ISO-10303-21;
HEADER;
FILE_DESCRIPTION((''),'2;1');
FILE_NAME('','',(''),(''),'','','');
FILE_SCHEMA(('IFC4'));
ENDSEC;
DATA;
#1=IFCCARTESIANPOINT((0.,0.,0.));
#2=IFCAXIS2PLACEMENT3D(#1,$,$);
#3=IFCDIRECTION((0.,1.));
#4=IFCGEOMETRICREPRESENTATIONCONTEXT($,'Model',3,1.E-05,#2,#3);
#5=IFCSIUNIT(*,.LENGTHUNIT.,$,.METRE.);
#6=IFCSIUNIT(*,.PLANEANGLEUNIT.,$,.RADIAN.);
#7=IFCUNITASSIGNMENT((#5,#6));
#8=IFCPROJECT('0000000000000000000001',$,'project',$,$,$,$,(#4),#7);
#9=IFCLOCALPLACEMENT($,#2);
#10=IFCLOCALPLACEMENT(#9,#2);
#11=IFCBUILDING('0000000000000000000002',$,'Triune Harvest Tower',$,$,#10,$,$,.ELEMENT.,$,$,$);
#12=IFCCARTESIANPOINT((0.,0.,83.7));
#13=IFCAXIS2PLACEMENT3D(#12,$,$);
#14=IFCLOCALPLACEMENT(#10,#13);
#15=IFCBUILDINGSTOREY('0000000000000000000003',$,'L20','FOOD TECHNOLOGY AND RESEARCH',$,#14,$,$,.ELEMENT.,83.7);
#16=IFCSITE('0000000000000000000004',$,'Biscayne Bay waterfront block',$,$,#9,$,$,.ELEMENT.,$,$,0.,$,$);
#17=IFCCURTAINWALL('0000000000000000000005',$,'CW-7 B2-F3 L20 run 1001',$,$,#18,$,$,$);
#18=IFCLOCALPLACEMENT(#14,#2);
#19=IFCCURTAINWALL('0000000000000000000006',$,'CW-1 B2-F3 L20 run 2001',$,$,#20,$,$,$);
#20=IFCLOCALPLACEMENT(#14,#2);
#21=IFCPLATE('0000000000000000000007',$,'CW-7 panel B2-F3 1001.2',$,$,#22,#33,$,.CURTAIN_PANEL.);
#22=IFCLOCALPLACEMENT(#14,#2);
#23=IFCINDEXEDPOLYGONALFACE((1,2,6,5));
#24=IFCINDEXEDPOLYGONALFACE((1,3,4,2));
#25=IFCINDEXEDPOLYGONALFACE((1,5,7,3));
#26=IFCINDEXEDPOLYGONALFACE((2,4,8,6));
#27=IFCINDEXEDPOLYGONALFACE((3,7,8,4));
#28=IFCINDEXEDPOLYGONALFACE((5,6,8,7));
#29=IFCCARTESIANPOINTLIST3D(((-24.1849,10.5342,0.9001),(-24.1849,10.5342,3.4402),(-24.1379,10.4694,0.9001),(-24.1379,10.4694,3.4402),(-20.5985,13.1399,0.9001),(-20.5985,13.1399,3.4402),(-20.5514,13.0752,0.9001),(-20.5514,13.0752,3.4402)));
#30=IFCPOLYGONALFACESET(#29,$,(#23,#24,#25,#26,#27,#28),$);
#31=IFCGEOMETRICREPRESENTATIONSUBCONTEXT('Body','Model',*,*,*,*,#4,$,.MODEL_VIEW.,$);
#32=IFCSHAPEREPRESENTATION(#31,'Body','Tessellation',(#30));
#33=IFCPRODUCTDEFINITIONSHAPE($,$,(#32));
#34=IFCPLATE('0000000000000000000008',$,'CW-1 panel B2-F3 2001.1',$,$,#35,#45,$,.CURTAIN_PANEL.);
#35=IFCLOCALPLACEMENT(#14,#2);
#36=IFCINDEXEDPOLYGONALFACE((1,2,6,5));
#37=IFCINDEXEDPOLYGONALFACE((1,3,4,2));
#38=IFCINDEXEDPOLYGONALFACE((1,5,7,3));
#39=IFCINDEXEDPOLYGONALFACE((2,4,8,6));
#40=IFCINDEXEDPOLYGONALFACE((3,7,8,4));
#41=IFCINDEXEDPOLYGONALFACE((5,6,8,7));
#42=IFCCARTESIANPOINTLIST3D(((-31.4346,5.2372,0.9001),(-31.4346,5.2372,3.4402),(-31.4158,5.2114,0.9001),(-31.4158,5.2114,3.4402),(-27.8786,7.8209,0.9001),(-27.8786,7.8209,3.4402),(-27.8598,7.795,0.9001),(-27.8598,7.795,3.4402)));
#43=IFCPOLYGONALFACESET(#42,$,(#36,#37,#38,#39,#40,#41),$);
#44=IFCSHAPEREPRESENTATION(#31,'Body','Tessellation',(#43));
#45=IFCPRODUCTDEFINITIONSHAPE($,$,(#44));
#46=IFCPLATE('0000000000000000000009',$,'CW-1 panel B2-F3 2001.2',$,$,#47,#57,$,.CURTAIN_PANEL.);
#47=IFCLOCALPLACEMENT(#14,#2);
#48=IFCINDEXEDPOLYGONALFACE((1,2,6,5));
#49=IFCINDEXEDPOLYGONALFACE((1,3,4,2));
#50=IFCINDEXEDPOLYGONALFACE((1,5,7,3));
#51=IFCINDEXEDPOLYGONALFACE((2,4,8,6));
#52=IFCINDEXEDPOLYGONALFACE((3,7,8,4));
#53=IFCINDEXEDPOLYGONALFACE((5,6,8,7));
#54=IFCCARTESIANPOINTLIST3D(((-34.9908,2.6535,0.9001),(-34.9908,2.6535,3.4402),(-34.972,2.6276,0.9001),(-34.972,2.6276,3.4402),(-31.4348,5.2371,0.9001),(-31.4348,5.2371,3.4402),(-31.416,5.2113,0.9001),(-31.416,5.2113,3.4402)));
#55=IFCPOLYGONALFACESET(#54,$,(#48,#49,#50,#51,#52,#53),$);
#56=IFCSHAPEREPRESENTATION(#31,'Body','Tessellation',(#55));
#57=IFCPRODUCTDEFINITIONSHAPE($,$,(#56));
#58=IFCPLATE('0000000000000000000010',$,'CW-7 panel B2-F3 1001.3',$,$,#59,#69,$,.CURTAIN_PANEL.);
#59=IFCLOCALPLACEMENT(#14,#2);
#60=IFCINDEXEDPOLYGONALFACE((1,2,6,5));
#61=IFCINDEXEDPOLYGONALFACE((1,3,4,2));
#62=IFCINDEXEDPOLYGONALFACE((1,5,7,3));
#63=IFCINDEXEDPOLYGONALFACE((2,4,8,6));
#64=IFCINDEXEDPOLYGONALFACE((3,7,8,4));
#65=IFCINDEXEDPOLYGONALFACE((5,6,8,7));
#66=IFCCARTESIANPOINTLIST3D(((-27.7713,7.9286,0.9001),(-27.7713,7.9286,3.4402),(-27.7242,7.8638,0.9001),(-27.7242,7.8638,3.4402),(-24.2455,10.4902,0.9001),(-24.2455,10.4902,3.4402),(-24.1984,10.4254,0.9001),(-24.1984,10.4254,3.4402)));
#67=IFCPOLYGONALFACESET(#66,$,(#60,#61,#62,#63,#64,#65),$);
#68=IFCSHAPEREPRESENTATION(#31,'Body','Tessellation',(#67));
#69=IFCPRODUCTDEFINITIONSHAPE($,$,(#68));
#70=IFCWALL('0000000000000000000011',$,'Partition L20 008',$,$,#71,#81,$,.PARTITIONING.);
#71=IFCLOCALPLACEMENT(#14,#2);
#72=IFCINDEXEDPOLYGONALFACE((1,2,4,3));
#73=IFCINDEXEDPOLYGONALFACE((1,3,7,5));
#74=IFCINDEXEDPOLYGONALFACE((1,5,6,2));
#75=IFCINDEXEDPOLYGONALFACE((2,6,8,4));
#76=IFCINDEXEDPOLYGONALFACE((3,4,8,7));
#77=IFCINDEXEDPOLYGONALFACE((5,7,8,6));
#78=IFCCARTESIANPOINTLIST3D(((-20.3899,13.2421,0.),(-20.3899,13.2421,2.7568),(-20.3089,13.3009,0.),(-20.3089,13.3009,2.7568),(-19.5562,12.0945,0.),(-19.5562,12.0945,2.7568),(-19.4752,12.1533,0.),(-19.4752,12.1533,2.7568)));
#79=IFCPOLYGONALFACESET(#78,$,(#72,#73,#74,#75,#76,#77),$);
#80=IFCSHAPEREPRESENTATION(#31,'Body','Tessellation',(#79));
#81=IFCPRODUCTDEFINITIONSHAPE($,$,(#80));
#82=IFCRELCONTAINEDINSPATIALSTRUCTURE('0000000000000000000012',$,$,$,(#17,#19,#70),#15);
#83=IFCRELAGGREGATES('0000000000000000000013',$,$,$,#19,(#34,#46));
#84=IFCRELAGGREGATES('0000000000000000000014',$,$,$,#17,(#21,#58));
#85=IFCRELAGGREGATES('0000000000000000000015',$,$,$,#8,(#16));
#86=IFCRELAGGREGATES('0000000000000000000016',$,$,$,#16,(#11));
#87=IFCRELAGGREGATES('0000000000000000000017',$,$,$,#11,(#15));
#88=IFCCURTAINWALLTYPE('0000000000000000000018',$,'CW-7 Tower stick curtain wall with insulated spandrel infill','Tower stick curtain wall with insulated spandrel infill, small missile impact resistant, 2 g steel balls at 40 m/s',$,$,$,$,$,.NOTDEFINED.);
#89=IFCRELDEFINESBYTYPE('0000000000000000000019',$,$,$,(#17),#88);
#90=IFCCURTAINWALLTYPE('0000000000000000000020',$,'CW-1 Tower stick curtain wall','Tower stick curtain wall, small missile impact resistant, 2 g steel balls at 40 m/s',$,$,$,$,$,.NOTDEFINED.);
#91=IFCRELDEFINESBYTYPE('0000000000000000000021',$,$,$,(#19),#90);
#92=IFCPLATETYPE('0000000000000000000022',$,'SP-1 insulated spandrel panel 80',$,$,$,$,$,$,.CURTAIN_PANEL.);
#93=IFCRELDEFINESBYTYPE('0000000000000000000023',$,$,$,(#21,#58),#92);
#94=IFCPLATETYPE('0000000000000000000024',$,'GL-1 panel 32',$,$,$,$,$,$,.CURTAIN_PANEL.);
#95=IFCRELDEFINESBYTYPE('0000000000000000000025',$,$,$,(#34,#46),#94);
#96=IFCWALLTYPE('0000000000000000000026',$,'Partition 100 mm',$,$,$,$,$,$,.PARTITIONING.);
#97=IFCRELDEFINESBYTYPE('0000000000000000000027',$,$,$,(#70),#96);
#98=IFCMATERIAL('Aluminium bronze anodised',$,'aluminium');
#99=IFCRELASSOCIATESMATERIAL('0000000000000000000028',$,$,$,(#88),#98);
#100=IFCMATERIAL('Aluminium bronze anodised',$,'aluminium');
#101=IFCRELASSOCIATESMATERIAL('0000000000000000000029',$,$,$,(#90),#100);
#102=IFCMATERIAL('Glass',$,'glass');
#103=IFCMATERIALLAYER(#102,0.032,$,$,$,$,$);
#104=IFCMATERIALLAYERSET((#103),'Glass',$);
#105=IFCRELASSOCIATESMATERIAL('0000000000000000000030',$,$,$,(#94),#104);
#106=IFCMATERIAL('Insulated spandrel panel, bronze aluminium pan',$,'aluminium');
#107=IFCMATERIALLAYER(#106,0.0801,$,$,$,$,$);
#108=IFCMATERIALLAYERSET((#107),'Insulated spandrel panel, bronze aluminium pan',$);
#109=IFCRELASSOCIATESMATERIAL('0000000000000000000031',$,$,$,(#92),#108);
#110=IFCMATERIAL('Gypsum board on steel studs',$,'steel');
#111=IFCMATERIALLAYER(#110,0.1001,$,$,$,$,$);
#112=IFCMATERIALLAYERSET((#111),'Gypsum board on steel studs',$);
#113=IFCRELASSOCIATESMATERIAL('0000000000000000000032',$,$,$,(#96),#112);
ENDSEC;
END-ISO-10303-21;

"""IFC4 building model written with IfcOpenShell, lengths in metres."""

from ifc_helpers import new_model, si_unit, direction, frame, frame_2d, origin, origin_2d, place, context, subcontext, project, spatial, rectangle, extrude, source, transform, mapped, material, layer, layer_set, type_object, element, aggregate, save


model = new_model("IFC4")

# Units and contexts
model_context = context("Model", 3, precision=1e-05, world=origin(), true_north=direction((0.0, 1.0)))
body_context = subcontext(model_context, "Body", "Model", "MODEL_VIEW")
ifc_project = project(units=[si_unit("LENGTHUNIT", "METRE"), si_unit("PLANEANGLEUNIT", "RADIAN")], contexts=[model_context])

# Site, building, storey
site_placement = place(None, origin())
site = spatial("IfcSite", under=ifc_project, at=site_placement, Name="Biscayne Bay waterfront block", CompositionType="ELEMENT", RefElevation=0.0)
building_placement = place(site_placement, origin())
building = spatial("IfcBuilding", under=site, at=building_placement, Name="Triune Harvest Tower", CompositionType="ELEMENT")
storey_placement = place(building_placement, frame((0.0, 0.0, 83.7)))
storey = spatial("IfcBuildingStorey", under=building, at=storey_placement, Name="L20", Description="FOOD TECHNOLOGY AND RESEARCH", CompositionType="ELEMENT", Elevation=83.7)

# Curtain walls
ifc_material_1 = material(Name="Aluminium bronze anodised", Category="aluminium")
curtain_wall_type_1 = type_object("IfcCurtainWallType", Name="CW-7 Tower stick curtain wall with insulated spandrel infill", Description="Tower stick curtain wall with insulated spandrel infill, small missile impact resistant, 2 g steel balls at 40 m/s", PredefinedType="NOTDEFINED", material=ifc_material_1)
curtain_wall_1_placement = place(storey_placement, origin())
curtain_wall_1 = element("IfcCurtainWall", 1, at=curtain_wall_1_placement, inside=storey, type_object=curtain_wall_type_1, Name="CW-7 B2-F3 L20 run 1001")
ifc_material_2 = material(Name="Aluminium bronze anodised", Category="aluminium")
curtain_wall_type_2 = type_object("IfcCurtainWallType", Name="CW-1 Tower stick curtain wall", Description="Tower stick curtain wall, small missile impact resistant, 2 g steel balls at 40 m/s", PredefinedType="NOTDEFINED", material=ifc_material_2)
curtain_wall_2_placement = place(storey_placement, origin())
curtain_wall_2 = element("IfcCurtainWall", 2, at=curtain_wall_2_placement, inside=storey, type_object=curtain_wall_type_2, Name="CW-1 B2-F3 L20 run 2001")

# Plates
ifc_material_3 = material(Name="Glass", Category="glass")
ifc_layer_1 = layer(ifc_material_3, 0.032)
ifc_layer_set_1 = layer_set([ifc_layer_1], Name="Glass")
plate_type_1 = type_object("IfcPlateType", Name="GL-1 panel 32", PredefinedType="CURTAIN_PANEL", material=ifc_layer_set_1)
ifc_material_4 = material(Name="Insulated spandrel panel, bronze aluminium pan", Category="aluminium")
ifc_layer_2 = layer(ifc_material_4, 0.0801)
ifc_layer_set_2 = layer_set([ifc_layer_2], Name="Insulated spandrel panel, bronze aluminium pan")
plate_type_2 = type_object("IfcPlateType", Name="SP-1 insulated spandrel panel 80", PredefinedType="CURTAIN_PANEL", material=ifc_layer_set_2)
shared_shape_1 = source(origin(), body_context, "Body", "SweptSolid", [
    extrude(rectangle(XDim=4.4331, YDim=0.0801, at=origin_2d()), origin(), (0.0, 0.0, 1.0), 2.54),
])
plate_1_placement = place(storey_placement, frame((-22.3682, 11.8047, 0.9001), z_axis=(0.0, 0.0, 1.0), x_axis=(-0.809017, -0.587785, 0.0)))
plate_1 = element("IfcPlate", 3, at=plate_1_placement, type_object=plate_type_2, Name="CW-7 panel B2-F3 1001.2", PredefinedType="CURTAIN_PANEL", context=body_context, shape_type="MappedRepresentation", body=[
    mapped(shared_shape_1, transform((0.0, 0.0, 0.0), scale=1.0)),
])
shared_shape_2 = source(origin(), body_context, "Body", "SweptSolid", [
    extrude(rectangle(XDim=4.3955, YDim=0.032, at=origin_2d()), origin(), (0.0, 0.0, 1.0), 2.54),
])
plate_2_placement = place(storey_placement, frame((-29.6472, 6.5161, 0.9001), z_axis=(0.0, 0.0, 1.0), x_axis=(-0.809014, -0.58779, 0.0)))
plate_2 = element("IfcPlate", 4, at=plate_2_placement, type_object=plate_type_1, Name="CW-1 panel B2-F3 2001.1", PredefinedType="CURTAIN_PANEL", context=body_context, shape_type="MappedRepresentation", body=[
    mapped(shared_shape_2, transform((0.0, 0.0, 0.0), scale=1.0)),
])
plate_3_placement = place(storey_placement, frame((-33.2034, 3.9324, 0.9001), z_axis=(0.0, 0.0, 1.0), x_axis=(-0.809014, -0.58779, 0.0)))
plate_3 = element("IfcPlate", 5, at=plate_3_placement, type_object=plate_type_1, Name="CW-1 panel B2-F3 2001.2", PredefinedType="CURTAIN_PANEL", context=body_context, shape_type="MappedRepresentation", body=[
    mapped(shared_shape_2, transform((0.0, 0.0, 0.0), scale=1.0)),
])
aggregate(curtain_wall_2, [plate_2, plate_3])
shared_shape_3 = source(origin(), body_context, "Body", "SweptSolid", [
    extrude(rectangle(XDim=4.3582, YDim=0.0801, at=origin_2d()), origin(), (0.0, 0.0, 1.0), 2.54),
])
plate_4_placement = place(storey_placement, frame((-25.9849, 9.177, 0.9001), z_axis=(0.0, 0.0, 1.0), x_axis=(-0.809017, -0.587785, 0.0)))
plate_4 = element("IfcPlate", 6, at=plate_4_placement, type_object=plate_type_2, Name="CW-7 panel B2-F3 1001.3", PredefinedType="CURTAIN_PANEL", context=body_context, shape_type="MappedRepresentation", body=[
    mapped(shared_shape_3, transform((0.0, 0.0, 0.0), scale=1.0)),
])
aggregate(curtain_wall_1, [plate_1, plate_4])

# Wall
ifc_material_5 = material(Name="Gypsum board on steel studs", Category="steel")
ifc_layer_3 = layer(ifc_material_5, 0.1001)
ifc_layer_set_3 = layer_set([ifc_layer_3], Name="Gypsum board on steel studs")
wall_type = type_object("IfcWallType", Name="Partition 100 mm", PredefinedType="PARTITIONING", material=ifc_layer_set_3)
wall_placement = place(storey_placement, frame((-20.3494, 13.2715, 0.0), z_axis=(0.0, 0.0, 1.0), x_axis=(0.587732, -0.809056, 0.0)))
element("IfcWall", 7, at=wall_placement, inside=storey, type_object=wall_type, Name="Partition L20 008", PredefinedType="PARTITIONING", context=body_context, shape_type="SweptSolid", body=[
    extrude(rectangle(XDim=1.4185, YDim=0.1001, at=frame_2d((0.7092, 0.0))), origin(), (0.0, 0.0, 1.0), 2.7568),
])

save(model, "model.ifc")
